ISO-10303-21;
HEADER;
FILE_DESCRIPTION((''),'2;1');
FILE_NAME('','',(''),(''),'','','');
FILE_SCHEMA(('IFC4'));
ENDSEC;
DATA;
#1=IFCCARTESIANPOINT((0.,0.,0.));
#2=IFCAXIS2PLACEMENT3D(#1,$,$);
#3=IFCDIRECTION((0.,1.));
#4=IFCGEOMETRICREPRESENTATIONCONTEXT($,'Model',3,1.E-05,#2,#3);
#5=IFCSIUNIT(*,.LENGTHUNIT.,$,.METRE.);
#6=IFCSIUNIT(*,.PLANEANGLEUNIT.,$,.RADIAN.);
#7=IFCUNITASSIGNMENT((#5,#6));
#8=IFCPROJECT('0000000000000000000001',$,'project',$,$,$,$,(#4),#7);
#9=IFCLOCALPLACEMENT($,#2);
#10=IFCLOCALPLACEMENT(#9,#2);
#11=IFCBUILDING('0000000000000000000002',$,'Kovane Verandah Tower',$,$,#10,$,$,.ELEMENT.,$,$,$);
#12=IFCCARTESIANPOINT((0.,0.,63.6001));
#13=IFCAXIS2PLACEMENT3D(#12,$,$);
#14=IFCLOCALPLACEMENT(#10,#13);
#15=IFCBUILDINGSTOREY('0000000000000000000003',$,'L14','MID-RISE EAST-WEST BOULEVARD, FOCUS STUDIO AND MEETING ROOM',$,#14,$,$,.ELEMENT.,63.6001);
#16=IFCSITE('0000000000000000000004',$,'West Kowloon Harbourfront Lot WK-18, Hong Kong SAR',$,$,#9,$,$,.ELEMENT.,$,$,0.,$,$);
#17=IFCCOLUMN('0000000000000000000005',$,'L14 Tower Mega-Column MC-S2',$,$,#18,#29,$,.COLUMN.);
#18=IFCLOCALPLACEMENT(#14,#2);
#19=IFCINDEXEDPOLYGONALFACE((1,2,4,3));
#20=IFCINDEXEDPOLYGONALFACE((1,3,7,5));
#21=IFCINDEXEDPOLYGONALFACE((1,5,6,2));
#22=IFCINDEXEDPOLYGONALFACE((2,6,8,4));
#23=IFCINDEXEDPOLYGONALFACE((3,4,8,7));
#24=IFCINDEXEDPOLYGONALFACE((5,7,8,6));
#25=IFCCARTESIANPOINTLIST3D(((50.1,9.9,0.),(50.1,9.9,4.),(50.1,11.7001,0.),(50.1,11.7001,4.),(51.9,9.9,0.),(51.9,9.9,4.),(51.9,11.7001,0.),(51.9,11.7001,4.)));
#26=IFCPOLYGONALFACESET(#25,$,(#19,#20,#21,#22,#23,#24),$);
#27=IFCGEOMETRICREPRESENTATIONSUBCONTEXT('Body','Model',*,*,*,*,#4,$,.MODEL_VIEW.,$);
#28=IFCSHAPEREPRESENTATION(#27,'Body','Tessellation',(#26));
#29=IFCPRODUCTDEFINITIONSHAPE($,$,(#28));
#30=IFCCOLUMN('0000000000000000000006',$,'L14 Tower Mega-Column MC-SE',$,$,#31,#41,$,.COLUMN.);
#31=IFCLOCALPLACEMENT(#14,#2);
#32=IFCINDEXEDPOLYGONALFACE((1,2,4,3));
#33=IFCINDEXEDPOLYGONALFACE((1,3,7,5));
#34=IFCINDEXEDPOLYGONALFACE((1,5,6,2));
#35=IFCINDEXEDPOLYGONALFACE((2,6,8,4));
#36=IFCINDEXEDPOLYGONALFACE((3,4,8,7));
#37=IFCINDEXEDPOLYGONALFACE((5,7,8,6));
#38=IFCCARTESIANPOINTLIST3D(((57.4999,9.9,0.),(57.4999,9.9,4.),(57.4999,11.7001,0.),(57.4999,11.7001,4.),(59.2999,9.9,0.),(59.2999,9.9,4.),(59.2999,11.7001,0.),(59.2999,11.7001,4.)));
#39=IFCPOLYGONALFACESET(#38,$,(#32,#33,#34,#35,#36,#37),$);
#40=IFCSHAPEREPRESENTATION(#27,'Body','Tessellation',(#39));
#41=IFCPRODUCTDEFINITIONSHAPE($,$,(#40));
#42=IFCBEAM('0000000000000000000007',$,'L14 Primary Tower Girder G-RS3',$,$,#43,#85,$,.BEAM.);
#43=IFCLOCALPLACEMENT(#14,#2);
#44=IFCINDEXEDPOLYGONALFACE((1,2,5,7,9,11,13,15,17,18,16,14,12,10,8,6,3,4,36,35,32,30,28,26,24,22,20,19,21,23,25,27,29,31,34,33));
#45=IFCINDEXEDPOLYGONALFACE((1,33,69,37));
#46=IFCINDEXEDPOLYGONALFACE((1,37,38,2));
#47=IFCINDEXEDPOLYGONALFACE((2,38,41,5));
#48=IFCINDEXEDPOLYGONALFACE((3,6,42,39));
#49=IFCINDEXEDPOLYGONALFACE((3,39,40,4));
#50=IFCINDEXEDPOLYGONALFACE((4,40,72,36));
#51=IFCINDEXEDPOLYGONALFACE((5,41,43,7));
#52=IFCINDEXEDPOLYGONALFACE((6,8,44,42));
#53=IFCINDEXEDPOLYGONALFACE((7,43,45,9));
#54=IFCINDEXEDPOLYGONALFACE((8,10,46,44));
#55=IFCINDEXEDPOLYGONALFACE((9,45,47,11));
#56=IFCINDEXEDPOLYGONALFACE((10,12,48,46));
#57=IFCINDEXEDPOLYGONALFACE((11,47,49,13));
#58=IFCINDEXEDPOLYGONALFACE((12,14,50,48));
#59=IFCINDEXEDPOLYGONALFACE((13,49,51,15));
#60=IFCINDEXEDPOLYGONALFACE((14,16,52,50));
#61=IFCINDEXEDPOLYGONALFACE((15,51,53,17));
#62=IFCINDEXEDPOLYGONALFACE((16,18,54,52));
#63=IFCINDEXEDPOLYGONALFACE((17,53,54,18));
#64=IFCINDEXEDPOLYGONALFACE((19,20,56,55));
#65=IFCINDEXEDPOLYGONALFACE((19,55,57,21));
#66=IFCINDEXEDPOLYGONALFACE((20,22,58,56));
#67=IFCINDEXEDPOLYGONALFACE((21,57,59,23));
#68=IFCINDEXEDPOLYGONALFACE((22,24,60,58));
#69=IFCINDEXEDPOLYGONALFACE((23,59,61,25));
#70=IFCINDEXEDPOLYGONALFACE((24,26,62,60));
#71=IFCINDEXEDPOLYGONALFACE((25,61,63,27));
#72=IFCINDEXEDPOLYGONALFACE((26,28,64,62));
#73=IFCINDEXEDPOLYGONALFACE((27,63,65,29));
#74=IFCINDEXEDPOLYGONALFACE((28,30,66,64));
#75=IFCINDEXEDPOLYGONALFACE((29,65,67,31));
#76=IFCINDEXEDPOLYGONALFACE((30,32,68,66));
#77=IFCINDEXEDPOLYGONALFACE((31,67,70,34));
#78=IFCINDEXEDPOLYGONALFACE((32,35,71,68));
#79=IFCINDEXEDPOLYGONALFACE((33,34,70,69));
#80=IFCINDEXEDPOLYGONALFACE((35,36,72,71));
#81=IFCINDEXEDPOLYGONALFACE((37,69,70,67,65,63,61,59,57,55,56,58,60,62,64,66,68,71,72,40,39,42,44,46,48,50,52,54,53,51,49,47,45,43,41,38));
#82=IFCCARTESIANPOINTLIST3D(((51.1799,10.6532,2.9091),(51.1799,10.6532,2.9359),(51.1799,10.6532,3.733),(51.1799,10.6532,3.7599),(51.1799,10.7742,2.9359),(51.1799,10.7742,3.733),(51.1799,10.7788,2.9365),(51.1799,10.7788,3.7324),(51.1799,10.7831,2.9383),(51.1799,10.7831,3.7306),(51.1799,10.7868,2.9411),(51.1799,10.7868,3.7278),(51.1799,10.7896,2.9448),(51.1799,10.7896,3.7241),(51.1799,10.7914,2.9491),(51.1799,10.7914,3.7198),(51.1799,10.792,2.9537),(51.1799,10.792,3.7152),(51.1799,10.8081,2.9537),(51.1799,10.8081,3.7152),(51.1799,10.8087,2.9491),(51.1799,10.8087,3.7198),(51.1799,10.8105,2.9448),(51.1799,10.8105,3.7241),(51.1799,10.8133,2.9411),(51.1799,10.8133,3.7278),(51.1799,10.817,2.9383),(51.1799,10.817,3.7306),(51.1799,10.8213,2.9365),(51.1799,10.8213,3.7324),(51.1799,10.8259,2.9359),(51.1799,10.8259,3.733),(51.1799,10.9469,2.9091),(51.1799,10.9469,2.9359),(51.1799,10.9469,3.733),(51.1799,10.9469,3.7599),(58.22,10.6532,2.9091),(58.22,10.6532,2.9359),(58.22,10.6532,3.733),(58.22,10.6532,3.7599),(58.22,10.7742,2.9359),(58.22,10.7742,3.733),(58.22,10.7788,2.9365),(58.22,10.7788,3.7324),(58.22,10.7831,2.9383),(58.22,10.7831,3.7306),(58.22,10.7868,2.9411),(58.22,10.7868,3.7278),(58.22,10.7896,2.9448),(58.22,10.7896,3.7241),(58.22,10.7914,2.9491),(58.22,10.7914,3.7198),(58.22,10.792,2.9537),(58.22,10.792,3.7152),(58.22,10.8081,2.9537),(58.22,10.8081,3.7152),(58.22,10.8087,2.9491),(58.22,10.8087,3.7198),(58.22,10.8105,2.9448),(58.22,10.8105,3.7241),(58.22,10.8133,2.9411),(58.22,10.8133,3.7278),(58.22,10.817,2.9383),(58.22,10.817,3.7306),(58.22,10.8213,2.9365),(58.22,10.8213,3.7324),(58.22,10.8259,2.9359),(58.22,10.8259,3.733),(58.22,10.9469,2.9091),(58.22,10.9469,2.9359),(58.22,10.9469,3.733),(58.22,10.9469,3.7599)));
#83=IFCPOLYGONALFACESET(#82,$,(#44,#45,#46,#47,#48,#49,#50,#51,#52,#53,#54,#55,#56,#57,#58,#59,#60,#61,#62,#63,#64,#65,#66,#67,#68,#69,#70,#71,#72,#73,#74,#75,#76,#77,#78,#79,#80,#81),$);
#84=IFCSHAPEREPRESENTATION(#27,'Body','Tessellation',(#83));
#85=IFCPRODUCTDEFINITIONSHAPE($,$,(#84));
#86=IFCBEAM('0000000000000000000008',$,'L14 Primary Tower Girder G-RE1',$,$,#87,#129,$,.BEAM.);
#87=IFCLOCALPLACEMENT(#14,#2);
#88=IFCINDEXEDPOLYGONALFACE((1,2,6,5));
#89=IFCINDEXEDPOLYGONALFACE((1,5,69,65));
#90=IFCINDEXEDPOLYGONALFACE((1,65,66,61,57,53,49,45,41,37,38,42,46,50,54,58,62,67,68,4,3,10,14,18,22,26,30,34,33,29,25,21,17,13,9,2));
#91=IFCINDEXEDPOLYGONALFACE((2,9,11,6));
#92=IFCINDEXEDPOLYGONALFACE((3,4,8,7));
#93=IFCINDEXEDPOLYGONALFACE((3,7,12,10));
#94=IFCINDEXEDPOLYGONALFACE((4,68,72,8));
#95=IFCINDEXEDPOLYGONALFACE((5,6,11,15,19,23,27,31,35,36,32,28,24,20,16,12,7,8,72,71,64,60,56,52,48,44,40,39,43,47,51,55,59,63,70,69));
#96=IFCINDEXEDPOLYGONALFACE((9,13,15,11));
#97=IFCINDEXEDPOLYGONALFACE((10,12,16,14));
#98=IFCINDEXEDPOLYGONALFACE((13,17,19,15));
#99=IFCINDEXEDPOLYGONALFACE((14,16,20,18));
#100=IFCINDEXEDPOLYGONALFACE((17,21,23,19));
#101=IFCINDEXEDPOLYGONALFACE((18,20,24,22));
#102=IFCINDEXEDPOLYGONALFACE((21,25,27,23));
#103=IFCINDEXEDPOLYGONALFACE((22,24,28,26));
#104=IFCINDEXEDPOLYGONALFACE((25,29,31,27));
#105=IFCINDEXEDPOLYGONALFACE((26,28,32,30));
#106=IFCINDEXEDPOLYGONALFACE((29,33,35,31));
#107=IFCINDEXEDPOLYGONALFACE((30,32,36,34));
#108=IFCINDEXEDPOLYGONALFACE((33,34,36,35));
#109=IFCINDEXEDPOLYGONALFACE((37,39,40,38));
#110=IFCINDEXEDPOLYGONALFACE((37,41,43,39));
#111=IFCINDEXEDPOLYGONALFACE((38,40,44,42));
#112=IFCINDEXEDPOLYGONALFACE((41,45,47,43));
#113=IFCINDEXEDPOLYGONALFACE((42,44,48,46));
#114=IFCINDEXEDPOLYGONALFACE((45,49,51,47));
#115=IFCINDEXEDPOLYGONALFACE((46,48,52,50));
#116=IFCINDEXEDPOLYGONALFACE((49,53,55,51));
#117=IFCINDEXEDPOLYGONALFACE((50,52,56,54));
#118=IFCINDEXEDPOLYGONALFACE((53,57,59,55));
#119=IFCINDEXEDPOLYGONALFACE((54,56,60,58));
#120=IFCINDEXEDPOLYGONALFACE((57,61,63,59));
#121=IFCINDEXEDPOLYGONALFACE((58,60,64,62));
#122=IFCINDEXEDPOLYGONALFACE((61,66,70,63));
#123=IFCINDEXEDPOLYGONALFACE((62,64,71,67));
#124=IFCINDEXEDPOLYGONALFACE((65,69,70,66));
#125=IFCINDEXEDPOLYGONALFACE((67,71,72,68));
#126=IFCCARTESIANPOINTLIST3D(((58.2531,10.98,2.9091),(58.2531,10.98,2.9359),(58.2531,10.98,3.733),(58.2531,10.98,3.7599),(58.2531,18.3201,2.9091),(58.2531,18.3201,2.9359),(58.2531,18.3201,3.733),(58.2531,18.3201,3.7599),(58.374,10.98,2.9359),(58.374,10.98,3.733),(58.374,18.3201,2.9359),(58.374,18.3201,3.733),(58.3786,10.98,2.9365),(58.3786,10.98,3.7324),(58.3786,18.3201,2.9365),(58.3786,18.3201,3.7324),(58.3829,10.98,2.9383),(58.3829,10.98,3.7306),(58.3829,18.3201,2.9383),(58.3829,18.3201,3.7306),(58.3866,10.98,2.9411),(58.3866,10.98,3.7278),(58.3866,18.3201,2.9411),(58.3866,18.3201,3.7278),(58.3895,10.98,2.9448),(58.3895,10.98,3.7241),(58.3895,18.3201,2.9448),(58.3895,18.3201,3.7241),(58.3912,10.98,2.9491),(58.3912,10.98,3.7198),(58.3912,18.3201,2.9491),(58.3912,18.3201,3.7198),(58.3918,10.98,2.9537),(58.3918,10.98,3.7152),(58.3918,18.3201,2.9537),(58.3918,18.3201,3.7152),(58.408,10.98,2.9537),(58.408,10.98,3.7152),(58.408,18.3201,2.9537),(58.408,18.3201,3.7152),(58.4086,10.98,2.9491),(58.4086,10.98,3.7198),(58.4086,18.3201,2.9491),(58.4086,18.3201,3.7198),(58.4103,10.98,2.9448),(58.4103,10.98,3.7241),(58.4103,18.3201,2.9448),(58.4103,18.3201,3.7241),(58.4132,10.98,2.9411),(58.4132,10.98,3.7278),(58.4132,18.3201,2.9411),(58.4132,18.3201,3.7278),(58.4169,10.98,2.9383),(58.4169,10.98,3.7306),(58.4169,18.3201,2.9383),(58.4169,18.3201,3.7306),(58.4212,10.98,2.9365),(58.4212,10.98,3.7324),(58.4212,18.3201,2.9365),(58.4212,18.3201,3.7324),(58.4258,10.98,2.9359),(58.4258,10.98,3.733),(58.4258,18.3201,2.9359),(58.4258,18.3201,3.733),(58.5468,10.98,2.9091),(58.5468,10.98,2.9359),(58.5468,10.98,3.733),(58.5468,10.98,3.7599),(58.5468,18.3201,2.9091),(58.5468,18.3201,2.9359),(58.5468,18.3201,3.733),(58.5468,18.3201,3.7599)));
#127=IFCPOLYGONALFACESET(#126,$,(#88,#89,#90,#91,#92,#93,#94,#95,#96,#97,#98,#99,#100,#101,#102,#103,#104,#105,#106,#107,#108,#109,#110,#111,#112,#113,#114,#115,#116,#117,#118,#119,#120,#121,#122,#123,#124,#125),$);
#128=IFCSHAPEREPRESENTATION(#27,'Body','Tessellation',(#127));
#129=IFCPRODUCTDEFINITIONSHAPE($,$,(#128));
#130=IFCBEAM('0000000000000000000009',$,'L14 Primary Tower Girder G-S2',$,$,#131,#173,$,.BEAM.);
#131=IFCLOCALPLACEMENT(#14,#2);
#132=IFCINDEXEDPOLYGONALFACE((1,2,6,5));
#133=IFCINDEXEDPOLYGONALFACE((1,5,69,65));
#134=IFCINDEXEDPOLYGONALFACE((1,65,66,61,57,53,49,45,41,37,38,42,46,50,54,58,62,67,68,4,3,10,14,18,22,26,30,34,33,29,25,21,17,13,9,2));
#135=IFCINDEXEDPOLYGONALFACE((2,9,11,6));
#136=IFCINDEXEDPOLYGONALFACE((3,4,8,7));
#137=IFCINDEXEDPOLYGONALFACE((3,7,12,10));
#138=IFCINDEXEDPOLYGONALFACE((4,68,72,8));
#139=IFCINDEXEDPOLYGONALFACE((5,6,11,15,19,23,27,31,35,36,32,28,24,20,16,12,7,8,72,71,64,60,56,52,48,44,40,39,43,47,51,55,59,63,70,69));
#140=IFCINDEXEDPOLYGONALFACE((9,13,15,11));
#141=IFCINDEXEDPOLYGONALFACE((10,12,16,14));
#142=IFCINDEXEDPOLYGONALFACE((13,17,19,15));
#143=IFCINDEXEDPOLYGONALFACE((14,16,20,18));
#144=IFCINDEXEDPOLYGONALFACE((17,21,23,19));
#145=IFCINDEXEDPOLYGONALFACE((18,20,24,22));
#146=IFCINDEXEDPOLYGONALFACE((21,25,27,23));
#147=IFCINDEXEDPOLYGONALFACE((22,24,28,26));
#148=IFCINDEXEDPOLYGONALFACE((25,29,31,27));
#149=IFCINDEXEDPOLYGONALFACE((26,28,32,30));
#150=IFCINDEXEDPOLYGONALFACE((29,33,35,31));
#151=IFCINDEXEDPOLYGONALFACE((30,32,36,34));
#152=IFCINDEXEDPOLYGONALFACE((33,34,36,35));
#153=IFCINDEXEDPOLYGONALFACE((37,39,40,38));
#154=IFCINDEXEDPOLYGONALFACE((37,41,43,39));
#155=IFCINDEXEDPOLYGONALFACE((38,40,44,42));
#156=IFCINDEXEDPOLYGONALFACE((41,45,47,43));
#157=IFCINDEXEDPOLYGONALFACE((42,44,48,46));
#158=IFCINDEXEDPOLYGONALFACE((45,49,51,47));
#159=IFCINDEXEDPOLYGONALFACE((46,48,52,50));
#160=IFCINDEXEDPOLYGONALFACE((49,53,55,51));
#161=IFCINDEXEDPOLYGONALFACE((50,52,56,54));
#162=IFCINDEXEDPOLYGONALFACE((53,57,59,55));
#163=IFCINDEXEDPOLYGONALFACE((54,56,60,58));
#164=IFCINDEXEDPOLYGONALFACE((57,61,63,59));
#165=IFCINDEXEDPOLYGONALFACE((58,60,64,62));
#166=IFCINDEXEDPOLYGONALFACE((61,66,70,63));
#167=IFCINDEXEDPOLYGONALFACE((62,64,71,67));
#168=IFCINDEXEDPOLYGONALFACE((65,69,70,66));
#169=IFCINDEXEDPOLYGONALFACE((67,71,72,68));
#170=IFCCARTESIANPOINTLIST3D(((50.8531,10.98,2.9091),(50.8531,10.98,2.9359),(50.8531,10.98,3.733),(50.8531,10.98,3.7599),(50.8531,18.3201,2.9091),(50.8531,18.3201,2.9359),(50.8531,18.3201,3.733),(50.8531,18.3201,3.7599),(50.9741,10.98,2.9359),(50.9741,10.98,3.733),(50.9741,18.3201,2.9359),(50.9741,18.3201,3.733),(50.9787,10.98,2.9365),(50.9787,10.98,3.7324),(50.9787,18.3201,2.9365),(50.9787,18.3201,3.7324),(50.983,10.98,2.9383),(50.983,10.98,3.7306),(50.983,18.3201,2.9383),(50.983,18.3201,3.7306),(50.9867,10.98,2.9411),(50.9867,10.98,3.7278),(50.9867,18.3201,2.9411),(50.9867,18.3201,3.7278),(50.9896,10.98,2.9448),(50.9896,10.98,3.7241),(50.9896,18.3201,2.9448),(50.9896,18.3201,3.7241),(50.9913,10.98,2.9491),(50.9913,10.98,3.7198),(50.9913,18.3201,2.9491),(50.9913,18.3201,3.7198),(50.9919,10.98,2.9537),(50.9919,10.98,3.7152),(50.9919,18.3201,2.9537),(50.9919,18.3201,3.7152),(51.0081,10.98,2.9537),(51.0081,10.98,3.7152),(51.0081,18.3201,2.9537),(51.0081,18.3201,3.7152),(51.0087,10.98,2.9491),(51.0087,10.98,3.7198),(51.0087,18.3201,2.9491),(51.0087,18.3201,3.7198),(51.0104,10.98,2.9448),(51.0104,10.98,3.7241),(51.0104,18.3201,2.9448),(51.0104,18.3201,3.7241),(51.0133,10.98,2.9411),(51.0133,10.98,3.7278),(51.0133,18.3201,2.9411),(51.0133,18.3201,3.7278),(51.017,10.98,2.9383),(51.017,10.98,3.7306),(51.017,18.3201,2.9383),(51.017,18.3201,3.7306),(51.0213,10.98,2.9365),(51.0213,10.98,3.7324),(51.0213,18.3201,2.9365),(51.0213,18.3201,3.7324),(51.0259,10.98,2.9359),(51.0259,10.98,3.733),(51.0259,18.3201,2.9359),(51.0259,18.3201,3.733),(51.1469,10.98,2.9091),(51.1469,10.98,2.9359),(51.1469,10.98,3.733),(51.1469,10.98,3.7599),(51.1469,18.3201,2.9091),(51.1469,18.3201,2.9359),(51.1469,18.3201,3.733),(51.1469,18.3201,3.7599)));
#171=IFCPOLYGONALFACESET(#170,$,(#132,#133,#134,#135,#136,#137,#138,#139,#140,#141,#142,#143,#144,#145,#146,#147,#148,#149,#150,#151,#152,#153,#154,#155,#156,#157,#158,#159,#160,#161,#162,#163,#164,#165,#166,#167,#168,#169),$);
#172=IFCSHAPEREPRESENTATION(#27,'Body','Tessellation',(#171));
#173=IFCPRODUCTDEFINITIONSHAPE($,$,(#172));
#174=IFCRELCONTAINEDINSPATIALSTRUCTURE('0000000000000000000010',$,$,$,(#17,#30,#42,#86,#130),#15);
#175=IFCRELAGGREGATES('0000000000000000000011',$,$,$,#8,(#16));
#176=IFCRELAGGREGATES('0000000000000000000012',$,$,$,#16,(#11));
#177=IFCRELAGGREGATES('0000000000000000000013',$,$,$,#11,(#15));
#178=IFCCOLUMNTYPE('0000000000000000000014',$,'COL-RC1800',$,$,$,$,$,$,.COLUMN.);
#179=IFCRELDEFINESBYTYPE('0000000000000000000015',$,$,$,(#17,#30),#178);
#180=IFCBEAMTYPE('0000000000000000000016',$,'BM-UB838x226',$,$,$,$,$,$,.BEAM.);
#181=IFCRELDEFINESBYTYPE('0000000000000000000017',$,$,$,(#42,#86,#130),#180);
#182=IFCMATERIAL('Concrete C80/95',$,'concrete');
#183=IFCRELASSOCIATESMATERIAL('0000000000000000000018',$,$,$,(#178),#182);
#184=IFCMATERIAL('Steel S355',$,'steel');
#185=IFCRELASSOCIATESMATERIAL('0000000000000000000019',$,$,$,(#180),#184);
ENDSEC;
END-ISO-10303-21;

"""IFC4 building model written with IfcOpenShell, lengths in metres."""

from ifc_helpers import new_model, si_unit, direction, frame, origin, origin_2d, place, context, subcontext, project, spatial, rectangle, i_section, extrude, material, material_profile, profile_set, type_object, element, save


model = new_model("IFC4")

# Units and contexts
model_context = context("Model", 3, precision=1e-05, world=origin(), true_north=direction((0.0, 1.0)))
body_context = subcontext(model_context, "Body", "Model", "MODEL_VIEW")
ifc_project = project(units=[si_unit("LENGTHUNIT", "METRE"), si_unit("PLANEANGLEUNIT", "RADIAN")], contexts=[model_context])

# Site, building, storey
site_placement = place(None, origin())
site = spatial("IfcSite", under=ifc_project, at=site_placement, Name="West Kowloon Harbourfront Lot WK-18, Hong Kong SAR", CompositionType="ELEMENT", RefElevation=0.0)
building_placement = place(site_placement, origin())
building = spatial("IfcBuilding", under=site, at=building_placement, Name="Kovane Verandah Tower", CompositionType="ELEMENT")
storey_placement = place(building_placement, frame((0.0, 0.0, 63.6001)))
storey = spatial("IfcBuildingStorey", under=building, at=storey_placement, Name="L14", Description="MID-RISE EAST-WEST BOULEVARD, FOCUS STUDIO AND MEETING ROOM", CompositionType="ELEMENT", Elevation=63.6001)

# Columns
ifc_material_1 = material(Name="Concrete C80/95", Category="concrete")
ifc_material_profile_1 = material_profile(ifc_material_1, rectangle(XDim=1.8, YDim=1.8, at=origin_2d()), Name="RC1800x1800")
ifc_profile_set_1 = profile_set([ifc_material_profile_1], Name="Concrete C80/95")
column_type = type_object("IfcColumnType", Name="COL-RC1800", PredefinedType="COLUMN", material=ifc_profile_set_1)
for number, where, z_axis, x_axis, name in (
    (1, (51.0, 10.8, 0.0), (0.0, 0.0, 1.0), (1.0, 0.0, 0.0), "L14 Tower Mega-Column MC-S2"),
    (2, (58.3999, 10.8, 0.0), (0.0, 0.0, 1.0), (1.0, 0.0, 0.0), "L14 Tower Mega-Column MC-SE"),
):
    element("IfcColumn", number, at=place(storey_placement, frame(where, z_axis=z_axis, x_axis=x_axis)), inside=storey, type_object=column_type, Name=name, PredefinedType="COLUMN", context=body_context, shape_type="SweptSolid", body=[
        extrude(rectangle(XDim=1.8, YDim=1.8, at=origin_2d()), origin(), (0.0, 0.0, 1.0), 4.0),
    ])

# Beams
ifc_material_2 = material(Name="Steel S355", Category="steel")
ifc_material_profile_2 = material_profile(ifc_material_2, i_section(OverallWidth=0.2937, OverallDepth=0.8508, WebThickness=0.0161, FlangeThickness=0.0269, FilletRadius=0.0178, at=origin_2d()), Name="UB838x292x226")
ifc_profile_set_2 = profile_set([ifc_material_profile_2], Name="Steel S355")
beam_type_1 = type_object("IfcBeamType", Name="BM-UB838x226", PredefinedType="BEAM", material=ifc_profile_set_2)
beam_1_placement = place(storey_placement, frame((51.1799, 10.8, 3.3345), z_axis=(1.0, 0.0, 0.0), x_axis=(0.0, 1.0, 0.0)))
element("IfcBeam", 3, at=beam_1_placement, inside=storey, type_object=beam_type_1, Name="L14 Primary Tower Girder G-RS3", PredefinedType="BEAM", context=body_context, shape_type="SweptSolid", body=[
    extrude(i_section(OverallWidth=0.2937, OverallDepth=0.8508, WebThickness=0.0161, FlangeThickness=0.0269, FilletRadius=0.0178, at=origin_2d()), origin(), (0.0, 0.0, 1.0), 7.04),
])
for number, where, z_axis, x_axis, name in (
    (4, (58.3999, 10.98, 3.3345), (0.0, 1.0, 0.0), (-1.0, 0.0, 0.0), "L14 Primary Tower Girder G-RE1"),
    (5, (51.0, 18.3201, 3.3345), (0.0, -1.0, 0.0), (1.0, 0.0, 0.0), "L14 Primary Tower Girder G-S2"),
):
    element("IfcBeam", number, at=place(storey_placement, frame(where, z_axis=z_axis, x_axis=x_axis)), inside=storey, type_object=beam_type_1, Name=name, PredefinedType="BEAM", context=body_context, shape_type="SweptSolid", body=[
        extrude(i_section(OverallWidth=0.2937, OverallDepth=0.8508, WebThickness=0.0161, FlangeThickness=0.0269, FilletRadius=0.0178, at=origin_2d()), origin(), (0.0, 0.0, 1.0), 7.3401),
    ])

save(model, "model.ifc")
